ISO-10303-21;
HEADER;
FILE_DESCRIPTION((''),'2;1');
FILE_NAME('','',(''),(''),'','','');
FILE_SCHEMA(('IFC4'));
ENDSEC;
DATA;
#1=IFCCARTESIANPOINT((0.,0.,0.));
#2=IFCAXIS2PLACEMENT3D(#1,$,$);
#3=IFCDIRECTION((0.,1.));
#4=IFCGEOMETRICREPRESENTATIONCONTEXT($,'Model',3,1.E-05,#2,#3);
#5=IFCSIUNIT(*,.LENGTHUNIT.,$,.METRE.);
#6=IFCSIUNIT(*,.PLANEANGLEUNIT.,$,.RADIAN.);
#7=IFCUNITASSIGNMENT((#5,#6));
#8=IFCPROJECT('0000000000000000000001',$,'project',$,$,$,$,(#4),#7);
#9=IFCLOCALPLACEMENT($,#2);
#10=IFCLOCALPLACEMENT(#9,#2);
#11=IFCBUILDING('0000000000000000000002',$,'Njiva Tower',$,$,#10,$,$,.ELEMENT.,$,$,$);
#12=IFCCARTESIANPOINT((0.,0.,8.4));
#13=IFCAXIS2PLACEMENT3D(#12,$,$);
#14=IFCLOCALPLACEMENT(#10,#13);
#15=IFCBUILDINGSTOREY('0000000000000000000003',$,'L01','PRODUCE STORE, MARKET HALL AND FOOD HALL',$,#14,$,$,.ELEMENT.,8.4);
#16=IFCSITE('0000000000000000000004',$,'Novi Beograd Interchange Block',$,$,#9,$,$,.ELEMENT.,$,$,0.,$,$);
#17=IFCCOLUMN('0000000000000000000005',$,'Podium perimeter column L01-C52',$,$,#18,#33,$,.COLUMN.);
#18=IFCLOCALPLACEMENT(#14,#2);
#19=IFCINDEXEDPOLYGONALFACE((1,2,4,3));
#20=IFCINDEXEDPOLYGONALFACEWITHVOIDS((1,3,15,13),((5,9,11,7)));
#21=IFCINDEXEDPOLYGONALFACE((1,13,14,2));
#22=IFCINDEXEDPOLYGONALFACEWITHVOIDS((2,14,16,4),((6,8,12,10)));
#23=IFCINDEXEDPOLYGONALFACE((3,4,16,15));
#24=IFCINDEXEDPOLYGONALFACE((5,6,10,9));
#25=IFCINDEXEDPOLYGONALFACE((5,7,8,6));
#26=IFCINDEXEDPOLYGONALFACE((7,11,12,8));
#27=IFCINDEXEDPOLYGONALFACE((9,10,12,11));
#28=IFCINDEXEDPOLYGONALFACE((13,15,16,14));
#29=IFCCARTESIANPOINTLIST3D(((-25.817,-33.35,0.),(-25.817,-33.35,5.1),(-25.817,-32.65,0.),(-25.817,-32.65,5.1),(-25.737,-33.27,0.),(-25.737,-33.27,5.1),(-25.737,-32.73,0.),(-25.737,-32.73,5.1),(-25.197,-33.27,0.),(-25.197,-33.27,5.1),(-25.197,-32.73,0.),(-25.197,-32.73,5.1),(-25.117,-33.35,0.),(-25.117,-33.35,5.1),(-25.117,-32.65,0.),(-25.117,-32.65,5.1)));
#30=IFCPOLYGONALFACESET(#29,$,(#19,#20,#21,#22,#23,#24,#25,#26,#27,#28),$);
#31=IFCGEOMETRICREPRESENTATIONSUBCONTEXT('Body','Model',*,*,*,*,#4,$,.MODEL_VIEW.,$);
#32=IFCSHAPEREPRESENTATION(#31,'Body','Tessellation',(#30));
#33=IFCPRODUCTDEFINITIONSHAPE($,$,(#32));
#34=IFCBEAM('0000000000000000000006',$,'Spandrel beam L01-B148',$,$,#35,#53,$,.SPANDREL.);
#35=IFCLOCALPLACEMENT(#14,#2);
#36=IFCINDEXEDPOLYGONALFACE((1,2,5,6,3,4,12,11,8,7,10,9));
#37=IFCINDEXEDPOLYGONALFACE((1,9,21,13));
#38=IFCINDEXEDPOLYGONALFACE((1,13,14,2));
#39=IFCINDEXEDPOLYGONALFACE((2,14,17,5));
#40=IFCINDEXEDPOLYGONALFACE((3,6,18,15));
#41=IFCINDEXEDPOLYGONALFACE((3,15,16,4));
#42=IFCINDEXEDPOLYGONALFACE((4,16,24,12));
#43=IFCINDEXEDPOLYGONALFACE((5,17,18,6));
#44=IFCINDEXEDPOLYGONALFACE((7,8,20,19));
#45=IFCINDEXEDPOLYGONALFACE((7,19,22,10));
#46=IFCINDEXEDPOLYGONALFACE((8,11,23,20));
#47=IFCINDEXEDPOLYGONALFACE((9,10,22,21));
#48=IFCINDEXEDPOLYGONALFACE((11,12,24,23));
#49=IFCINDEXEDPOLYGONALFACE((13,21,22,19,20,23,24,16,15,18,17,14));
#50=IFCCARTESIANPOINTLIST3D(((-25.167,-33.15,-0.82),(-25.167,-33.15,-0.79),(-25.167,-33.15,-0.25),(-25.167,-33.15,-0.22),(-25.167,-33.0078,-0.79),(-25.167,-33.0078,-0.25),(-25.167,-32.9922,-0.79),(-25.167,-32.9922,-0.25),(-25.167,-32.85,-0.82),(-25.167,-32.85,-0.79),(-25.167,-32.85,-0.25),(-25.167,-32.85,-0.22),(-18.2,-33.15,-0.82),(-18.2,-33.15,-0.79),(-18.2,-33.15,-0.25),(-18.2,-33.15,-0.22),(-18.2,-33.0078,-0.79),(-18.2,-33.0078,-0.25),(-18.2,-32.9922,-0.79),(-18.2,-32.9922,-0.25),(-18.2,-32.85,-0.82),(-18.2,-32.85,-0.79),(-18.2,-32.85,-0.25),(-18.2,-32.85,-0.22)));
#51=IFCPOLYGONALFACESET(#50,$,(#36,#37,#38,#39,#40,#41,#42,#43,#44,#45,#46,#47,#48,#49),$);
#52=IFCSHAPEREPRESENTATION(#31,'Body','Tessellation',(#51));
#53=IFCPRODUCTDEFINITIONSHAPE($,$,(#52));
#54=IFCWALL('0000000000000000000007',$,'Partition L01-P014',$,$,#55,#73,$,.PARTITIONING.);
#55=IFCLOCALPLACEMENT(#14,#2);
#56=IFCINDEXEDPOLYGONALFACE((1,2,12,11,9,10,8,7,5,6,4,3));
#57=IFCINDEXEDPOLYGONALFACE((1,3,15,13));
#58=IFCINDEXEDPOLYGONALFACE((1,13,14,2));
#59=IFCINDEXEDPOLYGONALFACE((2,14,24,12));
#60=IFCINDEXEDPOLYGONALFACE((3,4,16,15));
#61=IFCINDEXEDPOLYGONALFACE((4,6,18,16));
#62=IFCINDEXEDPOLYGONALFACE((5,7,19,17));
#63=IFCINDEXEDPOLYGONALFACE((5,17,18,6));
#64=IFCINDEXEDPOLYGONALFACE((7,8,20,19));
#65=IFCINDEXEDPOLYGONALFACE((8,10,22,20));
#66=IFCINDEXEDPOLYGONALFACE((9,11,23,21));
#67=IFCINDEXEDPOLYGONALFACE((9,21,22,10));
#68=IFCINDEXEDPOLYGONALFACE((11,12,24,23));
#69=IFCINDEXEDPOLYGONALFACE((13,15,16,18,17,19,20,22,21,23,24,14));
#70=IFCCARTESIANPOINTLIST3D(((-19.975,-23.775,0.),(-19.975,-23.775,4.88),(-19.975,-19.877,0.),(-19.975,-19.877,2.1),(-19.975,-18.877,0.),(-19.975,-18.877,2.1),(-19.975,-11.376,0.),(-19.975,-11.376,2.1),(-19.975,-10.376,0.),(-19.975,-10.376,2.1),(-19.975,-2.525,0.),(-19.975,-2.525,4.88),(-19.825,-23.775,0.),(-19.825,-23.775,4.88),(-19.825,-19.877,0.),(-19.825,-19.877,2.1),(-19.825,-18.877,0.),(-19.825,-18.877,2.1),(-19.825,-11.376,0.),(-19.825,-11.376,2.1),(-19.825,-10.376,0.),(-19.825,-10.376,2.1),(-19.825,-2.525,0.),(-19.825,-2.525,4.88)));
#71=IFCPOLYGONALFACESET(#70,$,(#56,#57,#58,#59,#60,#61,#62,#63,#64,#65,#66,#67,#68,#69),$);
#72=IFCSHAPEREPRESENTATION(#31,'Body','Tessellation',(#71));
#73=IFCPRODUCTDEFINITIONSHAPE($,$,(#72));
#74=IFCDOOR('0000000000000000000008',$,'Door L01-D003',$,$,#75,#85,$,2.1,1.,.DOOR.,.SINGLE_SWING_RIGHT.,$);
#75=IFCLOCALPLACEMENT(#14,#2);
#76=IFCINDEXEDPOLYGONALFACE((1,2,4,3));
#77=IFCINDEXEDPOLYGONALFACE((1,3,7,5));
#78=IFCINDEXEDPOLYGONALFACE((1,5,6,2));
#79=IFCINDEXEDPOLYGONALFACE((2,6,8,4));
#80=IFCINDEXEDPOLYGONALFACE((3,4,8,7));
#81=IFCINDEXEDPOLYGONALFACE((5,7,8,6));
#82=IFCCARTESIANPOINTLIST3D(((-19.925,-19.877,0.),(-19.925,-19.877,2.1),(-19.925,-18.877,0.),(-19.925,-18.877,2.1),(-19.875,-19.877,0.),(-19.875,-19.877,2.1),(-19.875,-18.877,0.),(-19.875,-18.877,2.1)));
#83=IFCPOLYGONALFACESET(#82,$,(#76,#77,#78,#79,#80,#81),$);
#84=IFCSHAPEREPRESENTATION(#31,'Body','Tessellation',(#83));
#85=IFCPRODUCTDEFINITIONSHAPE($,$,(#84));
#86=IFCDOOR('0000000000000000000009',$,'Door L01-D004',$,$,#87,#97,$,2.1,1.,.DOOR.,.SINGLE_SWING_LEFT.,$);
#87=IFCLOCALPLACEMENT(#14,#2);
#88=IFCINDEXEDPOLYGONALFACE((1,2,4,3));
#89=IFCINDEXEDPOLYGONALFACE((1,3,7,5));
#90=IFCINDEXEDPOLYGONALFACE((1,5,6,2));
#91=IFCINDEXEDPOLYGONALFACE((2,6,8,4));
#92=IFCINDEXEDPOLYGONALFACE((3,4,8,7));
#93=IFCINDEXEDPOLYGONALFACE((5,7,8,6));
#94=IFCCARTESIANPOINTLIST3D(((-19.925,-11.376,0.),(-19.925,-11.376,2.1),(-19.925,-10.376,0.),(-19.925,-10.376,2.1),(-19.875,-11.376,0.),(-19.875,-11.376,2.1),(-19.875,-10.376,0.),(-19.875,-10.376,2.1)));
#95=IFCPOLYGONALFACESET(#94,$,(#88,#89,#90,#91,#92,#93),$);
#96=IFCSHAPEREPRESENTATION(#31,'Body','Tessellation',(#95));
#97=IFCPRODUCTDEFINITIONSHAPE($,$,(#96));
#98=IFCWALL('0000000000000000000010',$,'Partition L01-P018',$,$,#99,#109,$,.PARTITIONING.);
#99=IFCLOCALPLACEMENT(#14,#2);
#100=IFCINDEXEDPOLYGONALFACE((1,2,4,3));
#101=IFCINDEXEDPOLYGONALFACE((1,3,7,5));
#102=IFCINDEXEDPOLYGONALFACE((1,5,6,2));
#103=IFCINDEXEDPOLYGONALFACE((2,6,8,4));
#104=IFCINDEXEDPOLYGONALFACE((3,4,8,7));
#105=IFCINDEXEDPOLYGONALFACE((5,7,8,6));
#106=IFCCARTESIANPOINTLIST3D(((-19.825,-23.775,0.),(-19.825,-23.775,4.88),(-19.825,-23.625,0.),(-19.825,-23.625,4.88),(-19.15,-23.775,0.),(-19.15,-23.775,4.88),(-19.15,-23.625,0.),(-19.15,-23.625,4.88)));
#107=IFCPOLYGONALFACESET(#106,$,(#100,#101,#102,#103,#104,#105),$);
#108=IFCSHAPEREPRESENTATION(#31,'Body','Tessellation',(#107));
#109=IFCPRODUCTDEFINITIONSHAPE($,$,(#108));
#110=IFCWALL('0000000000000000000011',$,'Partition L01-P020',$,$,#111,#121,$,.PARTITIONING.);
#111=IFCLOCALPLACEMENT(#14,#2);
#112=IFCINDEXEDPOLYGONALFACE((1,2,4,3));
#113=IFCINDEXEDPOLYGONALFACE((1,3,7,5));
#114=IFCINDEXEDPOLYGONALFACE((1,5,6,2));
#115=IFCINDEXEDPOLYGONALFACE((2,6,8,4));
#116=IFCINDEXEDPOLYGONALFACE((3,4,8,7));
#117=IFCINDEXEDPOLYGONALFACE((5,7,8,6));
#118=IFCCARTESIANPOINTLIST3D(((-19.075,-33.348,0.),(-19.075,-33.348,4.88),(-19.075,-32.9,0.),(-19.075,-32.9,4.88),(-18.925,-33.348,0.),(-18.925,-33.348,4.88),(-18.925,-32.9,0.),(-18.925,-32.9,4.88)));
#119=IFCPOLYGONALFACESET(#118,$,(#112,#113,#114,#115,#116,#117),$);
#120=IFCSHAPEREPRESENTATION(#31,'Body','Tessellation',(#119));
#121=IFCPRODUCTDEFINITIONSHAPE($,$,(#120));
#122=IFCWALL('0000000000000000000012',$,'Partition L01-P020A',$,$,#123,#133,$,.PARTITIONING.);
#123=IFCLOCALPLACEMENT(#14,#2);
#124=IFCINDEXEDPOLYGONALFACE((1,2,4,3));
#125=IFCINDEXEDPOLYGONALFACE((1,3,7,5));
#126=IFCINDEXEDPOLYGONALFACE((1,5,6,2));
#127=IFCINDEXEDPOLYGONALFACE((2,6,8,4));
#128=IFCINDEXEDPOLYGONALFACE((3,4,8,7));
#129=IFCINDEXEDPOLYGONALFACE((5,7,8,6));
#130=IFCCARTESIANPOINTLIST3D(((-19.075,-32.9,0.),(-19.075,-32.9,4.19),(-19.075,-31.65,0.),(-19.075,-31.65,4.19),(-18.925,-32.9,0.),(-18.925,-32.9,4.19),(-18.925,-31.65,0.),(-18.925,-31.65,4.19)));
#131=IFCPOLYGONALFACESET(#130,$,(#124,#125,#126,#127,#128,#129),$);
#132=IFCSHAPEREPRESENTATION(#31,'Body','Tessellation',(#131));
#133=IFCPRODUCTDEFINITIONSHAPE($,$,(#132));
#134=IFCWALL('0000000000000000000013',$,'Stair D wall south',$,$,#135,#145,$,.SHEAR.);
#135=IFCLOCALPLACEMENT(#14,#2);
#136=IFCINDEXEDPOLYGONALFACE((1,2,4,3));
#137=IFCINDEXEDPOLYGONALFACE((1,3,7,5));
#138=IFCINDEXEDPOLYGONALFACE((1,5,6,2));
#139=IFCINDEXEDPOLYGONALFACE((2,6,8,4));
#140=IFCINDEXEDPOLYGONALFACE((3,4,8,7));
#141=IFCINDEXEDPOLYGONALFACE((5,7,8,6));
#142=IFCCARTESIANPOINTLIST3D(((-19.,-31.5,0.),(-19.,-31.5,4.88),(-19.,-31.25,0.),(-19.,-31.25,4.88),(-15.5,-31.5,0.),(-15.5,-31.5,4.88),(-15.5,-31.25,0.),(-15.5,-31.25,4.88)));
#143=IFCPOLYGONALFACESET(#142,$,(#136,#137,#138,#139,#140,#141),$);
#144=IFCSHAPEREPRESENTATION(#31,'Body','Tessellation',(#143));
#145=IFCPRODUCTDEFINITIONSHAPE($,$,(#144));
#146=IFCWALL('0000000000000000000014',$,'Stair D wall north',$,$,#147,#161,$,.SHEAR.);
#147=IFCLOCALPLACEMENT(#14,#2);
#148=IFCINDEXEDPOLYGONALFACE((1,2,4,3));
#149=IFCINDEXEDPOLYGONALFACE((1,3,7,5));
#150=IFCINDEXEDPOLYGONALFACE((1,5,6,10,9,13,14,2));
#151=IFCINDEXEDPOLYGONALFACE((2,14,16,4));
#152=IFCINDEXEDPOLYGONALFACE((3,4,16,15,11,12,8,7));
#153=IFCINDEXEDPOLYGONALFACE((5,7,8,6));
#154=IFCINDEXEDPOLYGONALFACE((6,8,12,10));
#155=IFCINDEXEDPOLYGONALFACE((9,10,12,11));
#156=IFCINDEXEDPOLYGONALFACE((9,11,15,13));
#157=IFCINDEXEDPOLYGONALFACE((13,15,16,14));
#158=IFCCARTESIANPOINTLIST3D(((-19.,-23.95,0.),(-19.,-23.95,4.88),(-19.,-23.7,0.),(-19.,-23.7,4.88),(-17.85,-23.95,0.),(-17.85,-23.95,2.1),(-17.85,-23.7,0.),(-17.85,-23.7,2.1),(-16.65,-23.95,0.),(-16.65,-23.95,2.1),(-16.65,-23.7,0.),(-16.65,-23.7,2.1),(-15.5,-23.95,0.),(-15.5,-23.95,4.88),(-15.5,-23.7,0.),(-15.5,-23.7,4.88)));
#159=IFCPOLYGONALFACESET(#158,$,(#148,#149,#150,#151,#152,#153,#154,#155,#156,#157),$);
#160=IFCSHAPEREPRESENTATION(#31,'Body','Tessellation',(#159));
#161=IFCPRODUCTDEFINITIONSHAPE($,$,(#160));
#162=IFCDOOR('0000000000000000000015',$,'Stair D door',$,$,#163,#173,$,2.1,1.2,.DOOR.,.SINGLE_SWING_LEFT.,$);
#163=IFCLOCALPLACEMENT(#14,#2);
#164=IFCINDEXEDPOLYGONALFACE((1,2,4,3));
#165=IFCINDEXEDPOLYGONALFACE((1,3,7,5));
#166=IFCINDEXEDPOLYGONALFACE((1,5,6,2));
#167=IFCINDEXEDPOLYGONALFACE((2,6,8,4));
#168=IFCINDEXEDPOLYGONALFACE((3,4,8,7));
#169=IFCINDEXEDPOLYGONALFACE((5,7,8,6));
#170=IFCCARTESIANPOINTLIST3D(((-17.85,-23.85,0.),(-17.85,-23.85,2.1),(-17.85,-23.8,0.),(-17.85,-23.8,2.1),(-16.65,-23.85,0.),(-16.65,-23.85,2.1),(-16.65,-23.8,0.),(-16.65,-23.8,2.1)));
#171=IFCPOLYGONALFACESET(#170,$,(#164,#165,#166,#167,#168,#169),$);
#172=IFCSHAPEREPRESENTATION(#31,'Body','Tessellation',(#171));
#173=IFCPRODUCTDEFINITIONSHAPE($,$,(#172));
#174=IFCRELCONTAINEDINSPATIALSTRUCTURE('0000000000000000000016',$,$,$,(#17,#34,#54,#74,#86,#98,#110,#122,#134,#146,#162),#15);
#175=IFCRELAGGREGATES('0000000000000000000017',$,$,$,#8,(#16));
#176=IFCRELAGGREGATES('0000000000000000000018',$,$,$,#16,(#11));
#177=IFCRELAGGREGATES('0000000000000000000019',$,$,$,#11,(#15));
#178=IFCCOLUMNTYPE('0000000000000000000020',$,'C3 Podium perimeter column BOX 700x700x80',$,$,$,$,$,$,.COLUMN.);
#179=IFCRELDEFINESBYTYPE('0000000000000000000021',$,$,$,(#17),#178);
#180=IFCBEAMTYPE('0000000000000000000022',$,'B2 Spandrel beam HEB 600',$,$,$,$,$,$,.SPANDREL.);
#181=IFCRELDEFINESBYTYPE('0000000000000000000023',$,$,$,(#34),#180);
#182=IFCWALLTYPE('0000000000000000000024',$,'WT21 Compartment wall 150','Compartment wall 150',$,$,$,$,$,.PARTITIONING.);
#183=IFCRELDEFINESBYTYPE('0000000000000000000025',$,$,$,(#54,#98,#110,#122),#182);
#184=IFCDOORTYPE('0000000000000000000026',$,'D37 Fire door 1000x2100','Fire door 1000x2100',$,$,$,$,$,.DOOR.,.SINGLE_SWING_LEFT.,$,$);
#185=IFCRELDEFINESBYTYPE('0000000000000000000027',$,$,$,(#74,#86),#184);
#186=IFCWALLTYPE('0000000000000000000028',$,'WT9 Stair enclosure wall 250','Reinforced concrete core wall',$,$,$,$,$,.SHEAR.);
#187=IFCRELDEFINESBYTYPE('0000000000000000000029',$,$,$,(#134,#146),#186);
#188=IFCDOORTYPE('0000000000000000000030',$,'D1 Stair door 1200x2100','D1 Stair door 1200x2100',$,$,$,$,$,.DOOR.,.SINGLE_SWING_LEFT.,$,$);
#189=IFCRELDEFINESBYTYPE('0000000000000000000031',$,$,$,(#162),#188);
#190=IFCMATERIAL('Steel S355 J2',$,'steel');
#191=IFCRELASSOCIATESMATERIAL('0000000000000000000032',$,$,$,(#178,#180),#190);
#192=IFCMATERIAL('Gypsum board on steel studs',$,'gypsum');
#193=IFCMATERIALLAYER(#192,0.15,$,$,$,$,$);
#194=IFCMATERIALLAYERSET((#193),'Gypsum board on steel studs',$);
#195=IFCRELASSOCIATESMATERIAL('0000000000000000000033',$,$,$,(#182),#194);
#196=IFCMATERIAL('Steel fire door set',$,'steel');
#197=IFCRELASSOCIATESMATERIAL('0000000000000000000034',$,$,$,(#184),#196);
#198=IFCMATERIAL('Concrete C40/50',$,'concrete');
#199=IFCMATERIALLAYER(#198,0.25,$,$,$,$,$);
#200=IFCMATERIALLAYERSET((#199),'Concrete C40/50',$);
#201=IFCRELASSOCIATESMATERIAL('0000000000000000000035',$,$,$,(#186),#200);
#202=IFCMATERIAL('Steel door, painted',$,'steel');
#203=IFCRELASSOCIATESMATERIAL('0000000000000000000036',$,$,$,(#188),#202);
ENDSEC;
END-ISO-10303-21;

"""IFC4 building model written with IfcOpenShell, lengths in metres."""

from ifc_helpers import new_model, si_unit, direction, frame, frame_2d, origin, origin_2d, place, context, subcontext, project, spatial, rectangle, hollow_rectangle, i_section, extrude, material, layer, layer_set, material_profile, profile_set, type_object, element, fill, save


model = new_model("IFC4")

# Units and contexts
model_context = context("Model", 3, precision=1e-05, world=origin(), true_north=direction((0.0, 1.0)))
body_context = subcontext(model_context, "Body", "Model", "MODEL_VIEW")
ifc_project = project(units=[si_unit("LENGTHUNIT", "METRE"), si_unit("PLANEANGLEUNIT", "RADIAN")], contexts=[model_context])

# Site, building, storey
site_placement = place(None, origin())
site = spatial("IfcSite", under=ifc_project, at=site_placement, Name="Novi Beograd Interchange Block", CompositionType="ELEMENT", RefElevation=0.0)
building_placement = place(site_placement, origin())
building = spatial("IfcBuilding", under=site, at=building_placement, Name="Njiva Tower", CompositionType="ELEMENT")
storey_placement = place(building_placement, frame((0.0, 0.0, 8.4)))
storey = spatial("IfcBuildingStorey", under=building, at=storey_placement, Name="L01", Description="PRODUCE STORE, MARKET HALL AND FOOD HALL", CompositionType="ELEMENT", Elevation=8.4)

# Column
ifc_material_1 = material(Name="Steel S355 J2", Category="steel")
ifc_material_profile_1 = material_profile(ifc_material_1, hollow_rectangle(XDim=0.7, YDim=0.7, WallThickness=0.08, at=origin_2d()), Name="BOX 700x700x80")
ifc_profile_set_1 = profile_set([ifc_material_profile_1], Name="Steel S355 J2")
column_type = type_object("IfcColumnType", Name="C3 Podium perimeter column BOX 700x700x80", PredefinedType="COLUMN", material=ifc_profile_set_1)
column_placement = place(storey_placement, frame((-25.467, -33.0, 0.0), z_axis=(0.0, 0.0, 1.0), x_axis=(1.0, 0.0, 0.0)))
element("IfcColumn", 1, at=column_placement, inside=storey, type_object=column_type, Name="Podium perimeter column L01-C52", PredefinedType="COLUMN", context=body_context, shape_type="SweptSolid", body=[
    extrude(hollow_rectangle(XDim=0.7, YDim=0.7, WallThickness=0.08, at=origin_2d()), origin(), (0.0, 0.0, 1.0), 5.1),
])

# Beam
ifc_material_profile_2 = material_profile(ifc_material_1, i_section(OverallWidth=0.3, OverallDepth=0.6, WebThickness=0.0155, FlangeThickness=0.03, at=origin_2d()), Name="HEB 600")
ifc_profile_set_2 = profile_set([ifc_material_profile_2], Name="Steel S355 J2")
beam_type = type_object("IfcBeamType", Name="B2 Spandrel beam HEB 600", PredefinedType="SPANDREL", material=ifc_profile_set_2)
beam_placement = place(storey_placement, frame((-25.167, -33.0, -0.52), z_axis=(1.0, 0.0, 0.0), x_axis=(0.0, 1.0, 0.0)))
element("IfcBeam", 2, at=beam_placement, inside=storey, type_object=beam_type, Name="Spandrel beam L01-B148", PredefinedType="SPANDREL", context=body_context, shape_type="SweptSolid", body=[
    extrude(i_section(OverallWidth=0.3, OverallDepth=0.6, WebThickness=0.0155, FlangeThickness=0.03, at=origin_2d()), origin(), (0.0, 0.0, 1.0), 6.967),
])

# Wall, openings, doors
ifc_material_2 = material(Name="Gypsum board on steel studs", Category="gypsum")
ifc_layer_1 = layer(ifc_material_2, 0.15)
ifc_layer_set_1 = layer_set([ifc_layer_1], Name="Gypsum board on steel studs")
wall_type_1 = type_object("IfcWallType", Name="WT21 Compartment wall 150", Description="Compartment wall 150", PredefinedType="PARTITIONING", material=ifc_layer_set_1)
wall_1_placement = place(storey_placement, frame((-19.9, -23.775, 0.0), z_axis=(0.0, 0.0, 1.0), x_axis=(0.0, 1.0, 0.0)))
wall_1 = element("IfcWall", 3, at=wall_1_placement, inside=storey, type_object=wall_type_1, Name="Partition L01-P014", PredefinedType="PARTITIONING", context=body_context, shape_type="SweptSolid", body=[
    extrude(rectangle(XDim=21.25, YDim=0.15, at=frame_2d((10.625, 0.0))), origin(), (0.0, 0.0, 1.0), 4.88),
])
opening_1_placement = place(wall_1_placement, frame((3.898, 0.0, 0.0)))
opening_1 = element("IfcOpeningElement", 4, at=opening_1_placement, cuts=wall_1, PredefinedType="OPENING", context=body_context, shape_type="SweptSolid", body=[
    extrude(rectangle(XDim=1.0, YDim=2.1, at=frame_2d((0.5, 1.05))), frame((0.0, 0.085, 0.0), z_axis=(0.0, -1.0, 0.0), x_axis=(1.0, 0.0, 0.0)), (0.0, 0.0, 1.0), 0.17),
])
opening_2_placement = place(wall_1_placement, frame((12.399, 0.0, 0.0)))
opening_2 = element("IfcOpeningElement", 5, at=opening_2_placement, cuts=wall_1, PredefinedType="OPENING", context=body_context, shape_type="SweptSolid", body=[
    extrude(rectangle(XDim=1.0, YDim=2.1, at=frame_2d((0.5, 1.05))), frame((0.0, 0.085, 0.0), z_axis=(0.0, -1.0, 0.0), x_axis=(1.0, 0.0, 0.0)), (0.0, 0.0, 1.0), 0.17),
])
ifc_material_3 = material(Name="Steel fire door set", Category="steel")
door_type_1 = type_object("IfcDoorType", Name="D37 Fire door 1000x2100", Description="Fire door 1000x2100", OperationType="SINGLE_SWING_LEFT", PredefinedType="DOOR", material=ifc_material_3)
door_1_placement = place(opening_1_placement, origin())
door_1 = element("IfcDoor", 6, at=door_1_placement, inside=storey, type_object=door_type_1, Name="Door L01-D003", OperationType="SINGLE_SWING_RIGHT", OverallHeight=2.1, OverallWidth=1.0, PredefinedType="DOOR", context=body_context, shape_type="SweptSolid", body=[
    extrude(rectangle(XDim=1.0, YDim=2.1, at=frame_2d((0.5, 1.05))), frame((0.0, 0.025, 0.0), z_axis=(0.0, -1.0, 0.0), x_axis=(1.0, 0.0, 0.0)), (0.0, 0.0, 1.0), 0.05),
])
fill(opening_1, door_1)
door_2_placement = place(opening_2_placement, origin())
door_2 = element("IfcDoor", 7, at=door_2_placement, inside=storey, type_object=door_type_1, Name="Door L01-D004", OperationType="SINGLE_SWING_LEFT", OverallHeight=2.1, OverallWidth=1.0, PredefinedType="DOOR", context=body_context, shape_type="SweptSolid", body=[
    extrude(rectangle(XDim=1.0, YDim=2.1, at=frame_2d((0.5, 1.05))), frame((0.0, 0.025, 0.0), z_axis=(0.0, -1.0, 0.0), x_axis=(1.0, 0.0, 0.0)), (0.0, 0.0, 1.0), 0.05),
])
fill(opening_2, door_2)

# Walls
wall_2_placement = place(storey_placement, frame((-19.825, -23.7, 0.0), z_axis=(0.0, 0.0, 1.0), x_axis=(1.0, 0.0, 0.0)))
element("IfcWall", 8, at=wall_2_placement, inside=storey, type_object=wall_type_1, Name="Partition L01-P018", PredefinedType="PARTITIONING", context=body_context, shape_type="SweptSolid", body=[
    extrude(rectangle(XDim=0.675, YDim=0.15, at=frame_2d((0.3375, 0.0))), origin(), (0.0, 0.0, 1.0), 4.88),
])
wall_3_placement = place(storey_placement, frame((-19.0, -33.348, 0.0), z_axis=(0.0, 0.0, 1.0), x_axis=(0.0, 1.0, 0.0)))
element("IfcWall", 9, at=wall_3_placement, inside=storey, type_object=wall_type_1, Name="Partition L01-P020", PredefinedType="PARTITIONING", context=body_context, shape_type="SweptSolid", body=[
    extrude(rectangle(XDim=0.448, YDim=0.15, at=frame_2d((0.224, 0.0))), origin(), (0.0, 0.0, 1.0), 4.88),
])
wall_4_placement = place(storey_placement, frame((-19.0, -32.9, 0.0), z_axis=(0.0, 0.0, 1.0), x_axis=(0.0, 1.0, 0.0)))
element("IfcWall", 10, at=wall_4_placement, inside=storey, type_object=wall_type_1, Name="Partition L01-P020A", PredefinedType="PARTITIONING", context=body_context, shape_type="SweptSolid", body=[
    extrude(rectangle(XDim=1.25, YDim=0.15, at=frame_2d((0.625, 0.0))), origin(), (0.0, 0.0, 1.0), 4.19),
])
ifc_material_4 = material(Name="Concrete C40/50", Category="concrete")
ifc_layer_2 = layer(ifc_material_4, 0.25)
ifc_layer_set_2 = layer_set([ifc_layer_2], Name="Concrete C40/50")
wall_type_2 = type_object("IfcWallType", Name="WT9 Stair enclosure wall 250", Description="Reinforced concrete core wall", PredefinedType="SHEAR", material=ifc_layer_set_2)
wall_5_placement = place(storey_placement, frame((-19.0, -31.375, 0.0), z_axis=(0.0, 0.0, 1.0), x_axis=(1.0, 0.0, 0.0)))
element("IfcWall", 11, at=wall_5_placement, inside=storey, type_object=wall_type_2, Name="Stair D wall south", PredefinedType="SHEAR", context=body_context, shape_type="SweptSolid", body=[
    extrude(rectangle(XDim=3.5, YDim=0.25, at=frame_2d((1.75, 0.0))), origin(), (0.0, 0.0, 1.0), 4.88),
])

# Wall, opening, door
wall_6_placement = place(storey_placement, frame((-19.0, -23.825, 0.0), z_axis=(0.0, 0.0, 1.0), x_axis=(1.0, 0.0, 0.0)))
wall_6 = element("IfcWall", 12, at=wall_6_placement, inside=storey, type_object=wall_type_2, Name="Stair D wall north", PredefinedType="SHEAR", context=body_context, shape_type="SweptSolid", body=[
    extrude(rectangle(XDim=3.5, YDim=0.25, at=frame_2d((1.75, 0.0))), origin(), (0.0, 0.0, 1.0), 4.88),
])
opening_3_placement = place(wall_6_placement, frame((1.15, 0.0, 0.0)))
opening_3 = element("IfcOpeningElement", 13, at=opening_3_placement, cuts=wall_6, PredefinedType="OPENING", context=body_context, shape_type="SweptSolid", body=[
    extrude(rectangle(XDim=1.2, YDim=2.1, at=frame_2d((0.6, 1.05))), frame((0.0, 0.135, 0.0), z_axis=(0.0, -1.0, 0.0), x_axis=(1.0, 0.0, 0.0)), (0.0, 0.0, 1.0), 0.27),
])
ifc_material_5 = material(Name="Steel door, painted", Category="steel")
door_type_2 = type_object("IfcDoorType", Name="D1 Stair door 1200x2100", Description="D1 Stair door 1200x2100", OperationType="SINGLE_SWING_LEFT", PredefinedType="DOOR", material=ifc_material_5)
door_3_placement = place(opening_3_placement, origin())
door_3 = element("IfcDoor", 14, at=door_3_placement, inside=storey, type_object=door_type_2, Name="Stair D door", OperationType="SINGLE_SWING_LEFT", OverallHeight=2.1, OverallWidth=1.2, PredefinedType="DOOR", context=body_context, shape_type="SweptSolid", body=[
    extrude(rectangle(XDim=1.2, YDim=2.1, at=frame_2d((0.6, 1.05))), frame((0.0, 0.025, 0.0), z_axis=(0.0, -1.0, 0.0), x_axis=(1.0, 0.0, 0.0)), (0.0, 0.0, 1.0), 0.05),
])
fill(opening_3, door_3)

save(model, "model.ifc")
